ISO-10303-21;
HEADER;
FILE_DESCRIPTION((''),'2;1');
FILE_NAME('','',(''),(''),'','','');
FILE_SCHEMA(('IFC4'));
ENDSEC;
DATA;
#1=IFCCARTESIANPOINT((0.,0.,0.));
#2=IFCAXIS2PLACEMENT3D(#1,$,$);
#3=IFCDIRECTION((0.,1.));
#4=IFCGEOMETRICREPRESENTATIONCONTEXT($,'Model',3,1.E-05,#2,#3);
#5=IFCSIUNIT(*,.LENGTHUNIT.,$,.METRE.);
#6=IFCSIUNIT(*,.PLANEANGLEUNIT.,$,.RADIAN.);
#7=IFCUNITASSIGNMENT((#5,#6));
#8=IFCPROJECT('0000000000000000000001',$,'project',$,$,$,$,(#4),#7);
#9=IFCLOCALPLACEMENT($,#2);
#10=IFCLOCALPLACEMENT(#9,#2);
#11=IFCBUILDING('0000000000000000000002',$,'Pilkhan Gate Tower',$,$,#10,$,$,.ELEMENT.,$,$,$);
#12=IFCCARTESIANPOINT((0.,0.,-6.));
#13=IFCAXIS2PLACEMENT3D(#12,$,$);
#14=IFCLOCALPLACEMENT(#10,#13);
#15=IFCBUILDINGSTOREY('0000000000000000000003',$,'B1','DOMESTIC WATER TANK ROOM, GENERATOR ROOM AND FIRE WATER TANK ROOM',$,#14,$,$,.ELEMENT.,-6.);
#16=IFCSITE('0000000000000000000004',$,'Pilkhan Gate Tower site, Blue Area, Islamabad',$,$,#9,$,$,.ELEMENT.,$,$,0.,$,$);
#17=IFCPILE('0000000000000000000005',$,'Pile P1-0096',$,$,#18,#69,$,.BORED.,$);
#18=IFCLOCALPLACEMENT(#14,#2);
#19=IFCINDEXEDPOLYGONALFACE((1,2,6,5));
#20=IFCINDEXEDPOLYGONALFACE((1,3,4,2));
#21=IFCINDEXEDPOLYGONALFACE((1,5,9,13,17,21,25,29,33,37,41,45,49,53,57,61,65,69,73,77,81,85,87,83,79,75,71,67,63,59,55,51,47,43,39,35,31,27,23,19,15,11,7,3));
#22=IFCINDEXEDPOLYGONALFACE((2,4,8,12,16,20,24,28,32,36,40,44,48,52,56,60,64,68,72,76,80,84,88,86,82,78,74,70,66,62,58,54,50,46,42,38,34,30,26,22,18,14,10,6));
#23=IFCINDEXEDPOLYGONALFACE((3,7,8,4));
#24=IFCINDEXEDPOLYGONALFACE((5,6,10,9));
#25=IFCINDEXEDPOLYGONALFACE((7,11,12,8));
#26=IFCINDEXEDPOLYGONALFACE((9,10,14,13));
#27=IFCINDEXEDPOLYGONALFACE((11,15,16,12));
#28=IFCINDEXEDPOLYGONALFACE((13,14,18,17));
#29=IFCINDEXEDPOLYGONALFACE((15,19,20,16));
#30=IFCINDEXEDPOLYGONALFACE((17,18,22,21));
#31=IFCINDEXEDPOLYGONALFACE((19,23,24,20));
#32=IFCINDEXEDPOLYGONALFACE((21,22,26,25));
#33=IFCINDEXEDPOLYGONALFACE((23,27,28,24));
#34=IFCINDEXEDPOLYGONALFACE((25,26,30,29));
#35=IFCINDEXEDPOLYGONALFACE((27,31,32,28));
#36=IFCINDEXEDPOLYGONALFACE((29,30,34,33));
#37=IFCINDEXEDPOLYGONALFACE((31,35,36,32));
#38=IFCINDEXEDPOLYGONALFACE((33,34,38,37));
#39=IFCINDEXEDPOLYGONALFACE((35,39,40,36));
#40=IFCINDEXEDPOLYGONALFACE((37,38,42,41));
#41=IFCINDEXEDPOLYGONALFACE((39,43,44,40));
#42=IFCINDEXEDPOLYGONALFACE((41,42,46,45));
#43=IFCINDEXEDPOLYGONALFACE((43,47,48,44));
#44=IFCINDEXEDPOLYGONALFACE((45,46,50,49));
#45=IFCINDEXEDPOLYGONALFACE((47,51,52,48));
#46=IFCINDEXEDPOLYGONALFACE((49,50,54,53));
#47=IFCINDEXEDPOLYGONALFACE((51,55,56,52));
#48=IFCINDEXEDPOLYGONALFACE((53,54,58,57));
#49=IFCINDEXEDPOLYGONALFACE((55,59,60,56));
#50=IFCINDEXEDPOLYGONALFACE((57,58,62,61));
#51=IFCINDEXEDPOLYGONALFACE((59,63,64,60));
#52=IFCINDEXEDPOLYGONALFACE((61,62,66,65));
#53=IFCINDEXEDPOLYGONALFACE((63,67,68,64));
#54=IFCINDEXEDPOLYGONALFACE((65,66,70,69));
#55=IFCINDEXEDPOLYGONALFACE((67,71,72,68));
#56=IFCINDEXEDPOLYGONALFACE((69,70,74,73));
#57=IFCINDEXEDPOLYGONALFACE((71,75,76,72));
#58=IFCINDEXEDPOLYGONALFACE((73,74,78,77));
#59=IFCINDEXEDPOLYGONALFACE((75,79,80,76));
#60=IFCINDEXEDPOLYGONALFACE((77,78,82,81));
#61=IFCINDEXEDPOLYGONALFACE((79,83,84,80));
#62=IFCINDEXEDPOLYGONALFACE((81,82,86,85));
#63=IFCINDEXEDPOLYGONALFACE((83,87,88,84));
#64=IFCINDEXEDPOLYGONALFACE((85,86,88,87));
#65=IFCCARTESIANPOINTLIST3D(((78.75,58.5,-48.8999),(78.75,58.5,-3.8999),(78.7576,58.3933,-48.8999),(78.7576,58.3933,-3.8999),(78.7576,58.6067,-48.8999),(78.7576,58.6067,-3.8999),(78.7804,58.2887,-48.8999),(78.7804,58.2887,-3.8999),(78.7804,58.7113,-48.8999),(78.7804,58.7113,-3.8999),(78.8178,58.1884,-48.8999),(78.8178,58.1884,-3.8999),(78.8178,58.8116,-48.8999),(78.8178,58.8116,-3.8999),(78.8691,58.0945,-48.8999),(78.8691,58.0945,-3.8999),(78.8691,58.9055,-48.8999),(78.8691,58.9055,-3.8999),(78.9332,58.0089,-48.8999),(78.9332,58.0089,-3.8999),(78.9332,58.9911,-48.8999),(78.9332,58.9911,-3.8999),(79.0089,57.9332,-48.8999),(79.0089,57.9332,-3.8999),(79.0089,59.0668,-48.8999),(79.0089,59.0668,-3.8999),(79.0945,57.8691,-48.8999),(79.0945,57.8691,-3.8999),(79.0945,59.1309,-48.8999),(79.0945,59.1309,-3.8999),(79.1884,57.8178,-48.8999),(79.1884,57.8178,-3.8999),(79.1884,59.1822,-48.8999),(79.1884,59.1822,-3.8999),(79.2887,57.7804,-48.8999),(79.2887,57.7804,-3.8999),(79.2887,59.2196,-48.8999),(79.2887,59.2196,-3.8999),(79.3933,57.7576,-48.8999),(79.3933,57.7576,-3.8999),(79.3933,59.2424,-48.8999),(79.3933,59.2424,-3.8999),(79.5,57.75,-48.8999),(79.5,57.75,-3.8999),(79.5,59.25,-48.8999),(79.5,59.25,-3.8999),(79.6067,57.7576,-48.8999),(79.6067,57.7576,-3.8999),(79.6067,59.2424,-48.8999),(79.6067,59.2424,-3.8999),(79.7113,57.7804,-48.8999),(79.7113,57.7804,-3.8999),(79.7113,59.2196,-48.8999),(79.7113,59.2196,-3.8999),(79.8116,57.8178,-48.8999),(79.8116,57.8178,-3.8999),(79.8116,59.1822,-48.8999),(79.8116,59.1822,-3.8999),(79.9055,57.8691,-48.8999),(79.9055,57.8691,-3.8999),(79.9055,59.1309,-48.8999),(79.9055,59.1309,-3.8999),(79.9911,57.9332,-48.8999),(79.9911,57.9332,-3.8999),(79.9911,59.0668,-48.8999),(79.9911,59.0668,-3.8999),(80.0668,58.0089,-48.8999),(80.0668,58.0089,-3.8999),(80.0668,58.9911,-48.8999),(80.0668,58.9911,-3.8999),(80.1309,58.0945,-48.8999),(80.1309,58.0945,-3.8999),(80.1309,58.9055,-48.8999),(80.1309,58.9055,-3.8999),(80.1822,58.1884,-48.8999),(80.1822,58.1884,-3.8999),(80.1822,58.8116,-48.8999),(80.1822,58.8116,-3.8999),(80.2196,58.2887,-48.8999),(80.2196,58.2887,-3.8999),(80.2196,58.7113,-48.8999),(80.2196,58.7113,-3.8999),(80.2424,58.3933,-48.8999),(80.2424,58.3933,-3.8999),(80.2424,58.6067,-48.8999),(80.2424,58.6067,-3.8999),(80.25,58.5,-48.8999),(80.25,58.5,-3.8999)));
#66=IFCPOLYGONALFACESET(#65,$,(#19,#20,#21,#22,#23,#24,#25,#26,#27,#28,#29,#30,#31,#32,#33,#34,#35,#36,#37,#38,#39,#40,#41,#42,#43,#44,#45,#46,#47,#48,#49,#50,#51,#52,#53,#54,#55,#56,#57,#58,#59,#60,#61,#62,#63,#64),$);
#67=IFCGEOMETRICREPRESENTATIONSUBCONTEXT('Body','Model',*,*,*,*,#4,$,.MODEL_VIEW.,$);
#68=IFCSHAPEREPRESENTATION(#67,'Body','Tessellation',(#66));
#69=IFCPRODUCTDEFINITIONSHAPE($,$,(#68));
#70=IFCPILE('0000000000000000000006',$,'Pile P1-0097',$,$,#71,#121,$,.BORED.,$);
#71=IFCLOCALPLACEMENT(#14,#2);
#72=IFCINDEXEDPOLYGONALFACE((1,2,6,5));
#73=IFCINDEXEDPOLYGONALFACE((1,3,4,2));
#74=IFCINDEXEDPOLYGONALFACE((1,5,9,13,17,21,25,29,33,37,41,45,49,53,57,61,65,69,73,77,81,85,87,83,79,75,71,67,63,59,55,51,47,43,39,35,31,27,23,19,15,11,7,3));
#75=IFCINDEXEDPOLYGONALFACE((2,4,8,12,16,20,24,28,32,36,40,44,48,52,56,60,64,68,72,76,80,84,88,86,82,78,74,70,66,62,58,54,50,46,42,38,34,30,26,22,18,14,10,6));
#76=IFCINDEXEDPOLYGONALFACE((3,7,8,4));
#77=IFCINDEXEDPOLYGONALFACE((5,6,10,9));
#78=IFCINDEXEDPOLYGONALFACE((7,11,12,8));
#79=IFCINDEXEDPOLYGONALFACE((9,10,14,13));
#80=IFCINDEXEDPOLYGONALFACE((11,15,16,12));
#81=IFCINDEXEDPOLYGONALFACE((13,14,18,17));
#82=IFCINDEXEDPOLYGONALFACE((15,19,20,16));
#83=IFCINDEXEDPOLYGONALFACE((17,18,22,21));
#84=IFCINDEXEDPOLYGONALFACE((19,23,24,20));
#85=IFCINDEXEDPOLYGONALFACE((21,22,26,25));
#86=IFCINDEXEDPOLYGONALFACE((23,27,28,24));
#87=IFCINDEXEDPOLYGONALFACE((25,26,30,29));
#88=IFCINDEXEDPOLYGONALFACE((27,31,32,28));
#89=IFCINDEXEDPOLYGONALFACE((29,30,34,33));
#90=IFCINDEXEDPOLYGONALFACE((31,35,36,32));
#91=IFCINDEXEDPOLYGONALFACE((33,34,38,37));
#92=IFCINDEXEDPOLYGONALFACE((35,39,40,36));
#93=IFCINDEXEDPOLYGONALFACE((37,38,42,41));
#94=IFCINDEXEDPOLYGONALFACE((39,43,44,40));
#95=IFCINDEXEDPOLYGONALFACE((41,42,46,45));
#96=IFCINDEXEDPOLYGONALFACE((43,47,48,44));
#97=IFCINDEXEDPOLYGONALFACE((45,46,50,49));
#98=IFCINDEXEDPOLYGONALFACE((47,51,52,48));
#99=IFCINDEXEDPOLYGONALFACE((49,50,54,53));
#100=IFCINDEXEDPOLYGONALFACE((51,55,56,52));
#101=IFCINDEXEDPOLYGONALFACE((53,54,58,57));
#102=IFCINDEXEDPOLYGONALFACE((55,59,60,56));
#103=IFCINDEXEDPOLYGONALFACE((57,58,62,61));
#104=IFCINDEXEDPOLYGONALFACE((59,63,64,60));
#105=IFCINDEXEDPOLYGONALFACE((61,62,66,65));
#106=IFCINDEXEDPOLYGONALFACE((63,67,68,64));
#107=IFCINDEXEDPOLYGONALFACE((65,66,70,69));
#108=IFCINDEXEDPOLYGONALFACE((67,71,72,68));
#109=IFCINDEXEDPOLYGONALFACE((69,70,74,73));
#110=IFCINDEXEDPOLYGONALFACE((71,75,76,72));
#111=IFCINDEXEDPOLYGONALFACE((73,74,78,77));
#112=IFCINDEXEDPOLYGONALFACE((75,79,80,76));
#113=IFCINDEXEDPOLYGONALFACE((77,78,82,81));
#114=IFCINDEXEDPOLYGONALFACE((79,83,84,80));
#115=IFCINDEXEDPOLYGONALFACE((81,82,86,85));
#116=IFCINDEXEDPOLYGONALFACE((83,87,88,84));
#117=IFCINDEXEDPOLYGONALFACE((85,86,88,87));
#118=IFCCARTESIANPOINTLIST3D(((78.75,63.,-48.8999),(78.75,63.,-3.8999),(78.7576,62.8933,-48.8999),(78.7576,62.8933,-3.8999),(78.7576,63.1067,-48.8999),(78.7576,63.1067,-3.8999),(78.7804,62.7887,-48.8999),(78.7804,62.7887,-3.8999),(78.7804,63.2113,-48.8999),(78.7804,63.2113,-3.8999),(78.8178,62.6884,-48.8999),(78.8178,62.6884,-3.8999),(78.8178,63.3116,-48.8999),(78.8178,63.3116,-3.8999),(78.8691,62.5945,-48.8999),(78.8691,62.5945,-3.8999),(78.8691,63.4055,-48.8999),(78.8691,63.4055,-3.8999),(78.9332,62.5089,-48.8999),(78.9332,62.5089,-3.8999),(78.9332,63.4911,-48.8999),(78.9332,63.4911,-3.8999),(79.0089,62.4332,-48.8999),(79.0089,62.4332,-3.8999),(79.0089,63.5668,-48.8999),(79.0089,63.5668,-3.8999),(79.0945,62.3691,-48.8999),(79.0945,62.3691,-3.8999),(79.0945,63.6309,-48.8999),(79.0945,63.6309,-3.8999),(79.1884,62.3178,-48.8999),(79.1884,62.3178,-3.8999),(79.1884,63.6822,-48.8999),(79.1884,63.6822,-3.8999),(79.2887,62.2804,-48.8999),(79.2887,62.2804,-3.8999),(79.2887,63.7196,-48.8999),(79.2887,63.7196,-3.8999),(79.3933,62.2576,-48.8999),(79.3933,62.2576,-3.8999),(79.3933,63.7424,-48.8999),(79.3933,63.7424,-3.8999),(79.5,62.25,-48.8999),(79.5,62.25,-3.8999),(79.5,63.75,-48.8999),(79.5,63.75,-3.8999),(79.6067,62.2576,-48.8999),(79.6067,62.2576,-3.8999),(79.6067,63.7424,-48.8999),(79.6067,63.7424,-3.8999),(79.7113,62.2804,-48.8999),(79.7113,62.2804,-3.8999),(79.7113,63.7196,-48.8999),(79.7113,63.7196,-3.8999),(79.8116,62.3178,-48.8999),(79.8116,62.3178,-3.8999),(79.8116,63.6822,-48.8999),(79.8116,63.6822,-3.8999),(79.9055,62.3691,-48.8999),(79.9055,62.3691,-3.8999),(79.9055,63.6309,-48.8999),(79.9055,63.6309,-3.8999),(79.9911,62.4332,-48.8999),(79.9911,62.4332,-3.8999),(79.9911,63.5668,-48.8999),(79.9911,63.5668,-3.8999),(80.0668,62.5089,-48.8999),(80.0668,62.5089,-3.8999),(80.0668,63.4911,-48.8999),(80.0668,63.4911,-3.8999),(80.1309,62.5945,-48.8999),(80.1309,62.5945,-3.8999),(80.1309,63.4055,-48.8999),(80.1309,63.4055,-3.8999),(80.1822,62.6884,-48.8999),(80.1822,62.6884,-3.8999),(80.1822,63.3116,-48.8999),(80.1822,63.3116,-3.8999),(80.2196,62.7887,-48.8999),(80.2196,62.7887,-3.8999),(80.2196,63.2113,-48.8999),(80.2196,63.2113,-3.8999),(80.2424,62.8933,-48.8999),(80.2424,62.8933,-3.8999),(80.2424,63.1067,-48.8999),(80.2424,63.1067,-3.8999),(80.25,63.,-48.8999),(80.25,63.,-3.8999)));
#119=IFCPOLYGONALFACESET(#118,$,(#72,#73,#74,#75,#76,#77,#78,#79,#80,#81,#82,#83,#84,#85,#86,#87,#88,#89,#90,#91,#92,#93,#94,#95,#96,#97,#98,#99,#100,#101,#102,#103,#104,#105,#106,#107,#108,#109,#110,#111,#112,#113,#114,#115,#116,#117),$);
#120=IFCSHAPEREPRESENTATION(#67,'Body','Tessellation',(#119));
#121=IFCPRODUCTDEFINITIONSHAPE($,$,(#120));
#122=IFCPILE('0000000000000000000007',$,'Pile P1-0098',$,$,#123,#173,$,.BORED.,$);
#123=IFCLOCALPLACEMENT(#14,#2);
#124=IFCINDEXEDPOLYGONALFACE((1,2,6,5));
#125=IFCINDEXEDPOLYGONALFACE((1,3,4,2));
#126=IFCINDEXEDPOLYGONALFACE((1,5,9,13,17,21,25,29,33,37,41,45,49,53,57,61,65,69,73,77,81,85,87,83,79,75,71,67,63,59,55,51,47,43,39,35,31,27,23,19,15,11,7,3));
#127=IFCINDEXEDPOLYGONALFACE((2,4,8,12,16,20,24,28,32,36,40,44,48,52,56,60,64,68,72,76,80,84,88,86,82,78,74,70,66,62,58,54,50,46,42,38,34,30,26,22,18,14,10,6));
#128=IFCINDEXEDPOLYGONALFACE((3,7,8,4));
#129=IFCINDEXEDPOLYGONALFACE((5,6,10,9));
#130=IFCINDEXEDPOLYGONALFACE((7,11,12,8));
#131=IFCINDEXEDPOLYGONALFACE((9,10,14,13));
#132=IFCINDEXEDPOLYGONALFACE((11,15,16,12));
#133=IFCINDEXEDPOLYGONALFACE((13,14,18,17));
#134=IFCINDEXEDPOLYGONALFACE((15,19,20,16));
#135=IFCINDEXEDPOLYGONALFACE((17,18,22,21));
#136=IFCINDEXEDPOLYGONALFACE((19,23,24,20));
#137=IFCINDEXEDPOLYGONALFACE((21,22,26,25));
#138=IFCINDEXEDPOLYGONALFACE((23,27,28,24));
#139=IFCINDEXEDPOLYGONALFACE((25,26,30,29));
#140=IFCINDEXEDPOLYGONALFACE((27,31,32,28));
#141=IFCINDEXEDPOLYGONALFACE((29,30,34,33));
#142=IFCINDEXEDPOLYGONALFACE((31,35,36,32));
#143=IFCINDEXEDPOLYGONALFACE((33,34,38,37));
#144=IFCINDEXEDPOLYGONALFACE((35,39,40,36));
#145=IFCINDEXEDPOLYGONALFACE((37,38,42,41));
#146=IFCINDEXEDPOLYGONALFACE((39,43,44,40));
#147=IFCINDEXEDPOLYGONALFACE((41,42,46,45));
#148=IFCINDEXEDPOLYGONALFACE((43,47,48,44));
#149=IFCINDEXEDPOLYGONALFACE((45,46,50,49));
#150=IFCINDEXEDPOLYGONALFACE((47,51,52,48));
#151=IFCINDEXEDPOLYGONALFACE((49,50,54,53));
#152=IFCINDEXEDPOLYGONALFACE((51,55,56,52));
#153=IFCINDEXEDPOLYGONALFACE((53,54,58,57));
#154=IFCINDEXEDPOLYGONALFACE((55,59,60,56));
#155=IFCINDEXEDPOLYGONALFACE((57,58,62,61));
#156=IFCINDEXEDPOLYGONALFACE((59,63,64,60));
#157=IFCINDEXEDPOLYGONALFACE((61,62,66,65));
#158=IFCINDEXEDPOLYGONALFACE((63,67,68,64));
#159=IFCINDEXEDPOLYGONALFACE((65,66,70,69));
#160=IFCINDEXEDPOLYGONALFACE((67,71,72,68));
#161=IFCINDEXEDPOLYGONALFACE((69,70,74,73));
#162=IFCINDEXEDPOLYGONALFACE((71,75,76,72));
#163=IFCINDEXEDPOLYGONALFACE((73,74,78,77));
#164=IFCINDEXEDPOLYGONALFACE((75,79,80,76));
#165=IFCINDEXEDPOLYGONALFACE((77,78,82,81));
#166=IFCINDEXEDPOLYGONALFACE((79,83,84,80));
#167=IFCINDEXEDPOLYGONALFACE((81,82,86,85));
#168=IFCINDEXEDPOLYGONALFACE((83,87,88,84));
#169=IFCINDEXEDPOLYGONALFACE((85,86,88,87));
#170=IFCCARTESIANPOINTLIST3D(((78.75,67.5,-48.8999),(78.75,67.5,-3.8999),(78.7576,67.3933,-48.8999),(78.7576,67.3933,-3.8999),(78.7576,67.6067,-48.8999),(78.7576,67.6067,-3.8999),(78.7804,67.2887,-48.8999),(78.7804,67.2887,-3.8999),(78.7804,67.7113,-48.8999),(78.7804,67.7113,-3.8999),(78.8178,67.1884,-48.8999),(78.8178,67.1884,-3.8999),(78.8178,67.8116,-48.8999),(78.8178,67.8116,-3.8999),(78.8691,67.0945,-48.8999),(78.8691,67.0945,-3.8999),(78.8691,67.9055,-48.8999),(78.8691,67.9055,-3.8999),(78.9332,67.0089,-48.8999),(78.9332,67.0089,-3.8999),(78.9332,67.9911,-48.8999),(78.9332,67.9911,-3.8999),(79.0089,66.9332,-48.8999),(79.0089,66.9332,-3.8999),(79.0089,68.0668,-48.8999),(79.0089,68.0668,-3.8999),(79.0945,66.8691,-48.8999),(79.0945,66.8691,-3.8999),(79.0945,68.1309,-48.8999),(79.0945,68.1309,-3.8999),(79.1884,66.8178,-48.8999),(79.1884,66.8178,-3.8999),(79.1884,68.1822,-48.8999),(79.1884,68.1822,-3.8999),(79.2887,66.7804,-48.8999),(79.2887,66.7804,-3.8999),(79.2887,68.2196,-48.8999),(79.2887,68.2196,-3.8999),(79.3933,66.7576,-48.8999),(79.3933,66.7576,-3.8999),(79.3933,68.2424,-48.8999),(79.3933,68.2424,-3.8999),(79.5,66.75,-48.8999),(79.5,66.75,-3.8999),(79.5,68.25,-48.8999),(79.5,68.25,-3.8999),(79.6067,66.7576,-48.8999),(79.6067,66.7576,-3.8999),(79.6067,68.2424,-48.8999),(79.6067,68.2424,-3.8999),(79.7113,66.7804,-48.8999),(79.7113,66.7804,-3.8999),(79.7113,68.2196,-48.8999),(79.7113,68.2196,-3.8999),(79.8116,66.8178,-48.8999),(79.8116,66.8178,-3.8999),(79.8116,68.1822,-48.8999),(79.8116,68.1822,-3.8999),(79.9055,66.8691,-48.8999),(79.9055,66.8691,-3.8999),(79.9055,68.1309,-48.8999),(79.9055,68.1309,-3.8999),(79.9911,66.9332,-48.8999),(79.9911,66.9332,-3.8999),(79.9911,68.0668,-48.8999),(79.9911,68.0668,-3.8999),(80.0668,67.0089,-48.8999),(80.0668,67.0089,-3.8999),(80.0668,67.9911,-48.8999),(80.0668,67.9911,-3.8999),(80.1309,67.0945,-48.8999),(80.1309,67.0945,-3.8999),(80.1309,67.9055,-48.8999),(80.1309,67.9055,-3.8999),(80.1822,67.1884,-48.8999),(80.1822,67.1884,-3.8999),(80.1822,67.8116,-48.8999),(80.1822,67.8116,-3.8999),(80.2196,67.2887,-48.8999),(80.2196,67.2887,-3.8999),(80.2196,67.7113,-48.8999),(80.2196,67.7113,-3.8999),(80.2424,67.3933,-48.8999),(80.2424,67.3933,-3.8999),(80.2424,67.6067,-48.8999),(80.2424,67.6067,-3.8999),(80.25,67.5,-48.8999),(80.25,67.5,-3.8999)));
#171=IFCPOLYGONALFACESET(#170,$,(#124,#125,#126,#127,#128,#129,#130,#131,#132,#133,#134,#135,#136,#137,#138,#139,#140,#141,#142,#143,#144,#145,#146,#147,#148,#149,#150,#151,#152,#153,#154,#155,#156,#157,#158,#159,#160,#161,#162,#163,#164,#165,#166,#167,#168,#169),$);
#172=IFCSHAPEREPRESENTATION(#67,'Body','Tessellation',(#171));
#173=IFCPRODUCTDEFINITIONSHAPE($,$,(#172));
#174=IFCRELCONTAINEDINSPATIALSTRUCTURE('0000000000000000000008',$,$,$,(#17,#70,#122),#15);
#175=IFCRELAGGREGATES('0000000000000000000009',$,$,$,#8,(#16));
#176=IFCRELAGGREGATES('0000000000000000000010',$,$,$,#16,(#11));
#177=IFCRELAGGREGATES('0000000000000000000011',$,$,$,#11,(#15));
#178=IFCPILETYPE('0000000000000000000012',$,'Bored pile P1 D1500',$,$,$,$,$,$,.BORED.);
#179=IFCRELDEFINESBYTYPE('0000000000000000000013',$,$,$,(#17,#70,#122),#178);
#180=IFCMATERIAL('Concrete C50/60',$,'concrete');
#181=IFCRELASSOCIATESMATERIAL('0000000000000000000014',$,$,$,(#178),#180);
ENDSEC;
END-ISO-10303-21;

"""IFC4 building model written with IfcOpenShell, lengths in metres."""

from ifc_helpers import new_model, si_unit, direction, frame, origin, origin_2d, place, context, subcontext, project, spatial, circle, extrude, material, material_profile, profile_set, type_object, element, save


model = new_model("IFC4")

# Units and contexts
model_context = context("Model", 3, precision=1e-05, world=origin(), true_north=direction((0.0, 1.0)))
body_context = subcontext(model_context, "Body", "Model", "MODEL_VIEW")
ifc_project = project(units=[si_unit("LENGTHUNIT", "METRE"), si_unit("PLANEANGLEUNIT", "RADIAN")], contexts=[model_context])

# Site, building, storey
site_placement = place(None, origin())
site = spatial("IfcSite", under=ifc_project, at=site_placement, Name="Pilkhan Gate Tower site, Blue Area, Islamabad", CompositionType="ELEMENT", RefElevation=0.0)
building_placement = place(site_placement, origin())
building = spatial("IfcBuilding", under=site, at=building_placement, Name="Pilkhan Gate Tower", CompositionType="ELEMENT")
storey_placement = place(building_placement, frame((0.0, 0.0, -6.0)))
storey = spatial("IfcBuildingStorey", under=building, at=storey_placement, Name="B1", Description="DOMESTIC WATER TANK ROOM, GENERATOR ROOM AND FIRE WATER TANK ROOM", CompositionType="ELEMENT", Elevation=-6.0)

# Piles
ifc_material_1 = material(Name="Concrete C50/60", Category="concrete")
ifc_material_profile_1 = material_profile(ifc_material_1, circle(Radius=0.75, at=origin_2d()), Name="Bored pile 1500 dia")
ifc_profile_set_1 = profile_set([ifc_material_profile_1], Name="Concrete C50/60")
pile_type = type_object("IfcPileType", Name="Bored pile P1 D1500", PredefinedType="BORED", material=ifc_profile_set_1)
for number, where, z_axis, x_axis, name in (
    (1, (79.5, 58.5, -3.8999), (0.0, 0.0, -1.0), (1.0, 0.0, 0.0), "Pile P1-0096"),
    (2, (79.5, 63.0, -3.8999), (0.0, 0.0, -1.0), (1.0, 0.0, 0.0), "Pile P1-0097"),
    (3, (79.5, 67.5, -3.8999), (0.0, 0.0, -1.0), (1.0, 0.0, 0.0), "Pile P1-0098"),
):
    element("IfcPile", number, at=place(storey_placement, frame(where, z_axis=z_axis, x_axis=x_axis)), inside=storey, type_object=pile_type, Name=name, PredefinedType="BORED", context=body_context, shape_type="SweptSolid", body=[
        extrude(circle(Radius=0.75, at=origin_2d()), origin(), (0.0, 0.0, 1.0), 45.0),
    ])

save(model, "model.ifc")
